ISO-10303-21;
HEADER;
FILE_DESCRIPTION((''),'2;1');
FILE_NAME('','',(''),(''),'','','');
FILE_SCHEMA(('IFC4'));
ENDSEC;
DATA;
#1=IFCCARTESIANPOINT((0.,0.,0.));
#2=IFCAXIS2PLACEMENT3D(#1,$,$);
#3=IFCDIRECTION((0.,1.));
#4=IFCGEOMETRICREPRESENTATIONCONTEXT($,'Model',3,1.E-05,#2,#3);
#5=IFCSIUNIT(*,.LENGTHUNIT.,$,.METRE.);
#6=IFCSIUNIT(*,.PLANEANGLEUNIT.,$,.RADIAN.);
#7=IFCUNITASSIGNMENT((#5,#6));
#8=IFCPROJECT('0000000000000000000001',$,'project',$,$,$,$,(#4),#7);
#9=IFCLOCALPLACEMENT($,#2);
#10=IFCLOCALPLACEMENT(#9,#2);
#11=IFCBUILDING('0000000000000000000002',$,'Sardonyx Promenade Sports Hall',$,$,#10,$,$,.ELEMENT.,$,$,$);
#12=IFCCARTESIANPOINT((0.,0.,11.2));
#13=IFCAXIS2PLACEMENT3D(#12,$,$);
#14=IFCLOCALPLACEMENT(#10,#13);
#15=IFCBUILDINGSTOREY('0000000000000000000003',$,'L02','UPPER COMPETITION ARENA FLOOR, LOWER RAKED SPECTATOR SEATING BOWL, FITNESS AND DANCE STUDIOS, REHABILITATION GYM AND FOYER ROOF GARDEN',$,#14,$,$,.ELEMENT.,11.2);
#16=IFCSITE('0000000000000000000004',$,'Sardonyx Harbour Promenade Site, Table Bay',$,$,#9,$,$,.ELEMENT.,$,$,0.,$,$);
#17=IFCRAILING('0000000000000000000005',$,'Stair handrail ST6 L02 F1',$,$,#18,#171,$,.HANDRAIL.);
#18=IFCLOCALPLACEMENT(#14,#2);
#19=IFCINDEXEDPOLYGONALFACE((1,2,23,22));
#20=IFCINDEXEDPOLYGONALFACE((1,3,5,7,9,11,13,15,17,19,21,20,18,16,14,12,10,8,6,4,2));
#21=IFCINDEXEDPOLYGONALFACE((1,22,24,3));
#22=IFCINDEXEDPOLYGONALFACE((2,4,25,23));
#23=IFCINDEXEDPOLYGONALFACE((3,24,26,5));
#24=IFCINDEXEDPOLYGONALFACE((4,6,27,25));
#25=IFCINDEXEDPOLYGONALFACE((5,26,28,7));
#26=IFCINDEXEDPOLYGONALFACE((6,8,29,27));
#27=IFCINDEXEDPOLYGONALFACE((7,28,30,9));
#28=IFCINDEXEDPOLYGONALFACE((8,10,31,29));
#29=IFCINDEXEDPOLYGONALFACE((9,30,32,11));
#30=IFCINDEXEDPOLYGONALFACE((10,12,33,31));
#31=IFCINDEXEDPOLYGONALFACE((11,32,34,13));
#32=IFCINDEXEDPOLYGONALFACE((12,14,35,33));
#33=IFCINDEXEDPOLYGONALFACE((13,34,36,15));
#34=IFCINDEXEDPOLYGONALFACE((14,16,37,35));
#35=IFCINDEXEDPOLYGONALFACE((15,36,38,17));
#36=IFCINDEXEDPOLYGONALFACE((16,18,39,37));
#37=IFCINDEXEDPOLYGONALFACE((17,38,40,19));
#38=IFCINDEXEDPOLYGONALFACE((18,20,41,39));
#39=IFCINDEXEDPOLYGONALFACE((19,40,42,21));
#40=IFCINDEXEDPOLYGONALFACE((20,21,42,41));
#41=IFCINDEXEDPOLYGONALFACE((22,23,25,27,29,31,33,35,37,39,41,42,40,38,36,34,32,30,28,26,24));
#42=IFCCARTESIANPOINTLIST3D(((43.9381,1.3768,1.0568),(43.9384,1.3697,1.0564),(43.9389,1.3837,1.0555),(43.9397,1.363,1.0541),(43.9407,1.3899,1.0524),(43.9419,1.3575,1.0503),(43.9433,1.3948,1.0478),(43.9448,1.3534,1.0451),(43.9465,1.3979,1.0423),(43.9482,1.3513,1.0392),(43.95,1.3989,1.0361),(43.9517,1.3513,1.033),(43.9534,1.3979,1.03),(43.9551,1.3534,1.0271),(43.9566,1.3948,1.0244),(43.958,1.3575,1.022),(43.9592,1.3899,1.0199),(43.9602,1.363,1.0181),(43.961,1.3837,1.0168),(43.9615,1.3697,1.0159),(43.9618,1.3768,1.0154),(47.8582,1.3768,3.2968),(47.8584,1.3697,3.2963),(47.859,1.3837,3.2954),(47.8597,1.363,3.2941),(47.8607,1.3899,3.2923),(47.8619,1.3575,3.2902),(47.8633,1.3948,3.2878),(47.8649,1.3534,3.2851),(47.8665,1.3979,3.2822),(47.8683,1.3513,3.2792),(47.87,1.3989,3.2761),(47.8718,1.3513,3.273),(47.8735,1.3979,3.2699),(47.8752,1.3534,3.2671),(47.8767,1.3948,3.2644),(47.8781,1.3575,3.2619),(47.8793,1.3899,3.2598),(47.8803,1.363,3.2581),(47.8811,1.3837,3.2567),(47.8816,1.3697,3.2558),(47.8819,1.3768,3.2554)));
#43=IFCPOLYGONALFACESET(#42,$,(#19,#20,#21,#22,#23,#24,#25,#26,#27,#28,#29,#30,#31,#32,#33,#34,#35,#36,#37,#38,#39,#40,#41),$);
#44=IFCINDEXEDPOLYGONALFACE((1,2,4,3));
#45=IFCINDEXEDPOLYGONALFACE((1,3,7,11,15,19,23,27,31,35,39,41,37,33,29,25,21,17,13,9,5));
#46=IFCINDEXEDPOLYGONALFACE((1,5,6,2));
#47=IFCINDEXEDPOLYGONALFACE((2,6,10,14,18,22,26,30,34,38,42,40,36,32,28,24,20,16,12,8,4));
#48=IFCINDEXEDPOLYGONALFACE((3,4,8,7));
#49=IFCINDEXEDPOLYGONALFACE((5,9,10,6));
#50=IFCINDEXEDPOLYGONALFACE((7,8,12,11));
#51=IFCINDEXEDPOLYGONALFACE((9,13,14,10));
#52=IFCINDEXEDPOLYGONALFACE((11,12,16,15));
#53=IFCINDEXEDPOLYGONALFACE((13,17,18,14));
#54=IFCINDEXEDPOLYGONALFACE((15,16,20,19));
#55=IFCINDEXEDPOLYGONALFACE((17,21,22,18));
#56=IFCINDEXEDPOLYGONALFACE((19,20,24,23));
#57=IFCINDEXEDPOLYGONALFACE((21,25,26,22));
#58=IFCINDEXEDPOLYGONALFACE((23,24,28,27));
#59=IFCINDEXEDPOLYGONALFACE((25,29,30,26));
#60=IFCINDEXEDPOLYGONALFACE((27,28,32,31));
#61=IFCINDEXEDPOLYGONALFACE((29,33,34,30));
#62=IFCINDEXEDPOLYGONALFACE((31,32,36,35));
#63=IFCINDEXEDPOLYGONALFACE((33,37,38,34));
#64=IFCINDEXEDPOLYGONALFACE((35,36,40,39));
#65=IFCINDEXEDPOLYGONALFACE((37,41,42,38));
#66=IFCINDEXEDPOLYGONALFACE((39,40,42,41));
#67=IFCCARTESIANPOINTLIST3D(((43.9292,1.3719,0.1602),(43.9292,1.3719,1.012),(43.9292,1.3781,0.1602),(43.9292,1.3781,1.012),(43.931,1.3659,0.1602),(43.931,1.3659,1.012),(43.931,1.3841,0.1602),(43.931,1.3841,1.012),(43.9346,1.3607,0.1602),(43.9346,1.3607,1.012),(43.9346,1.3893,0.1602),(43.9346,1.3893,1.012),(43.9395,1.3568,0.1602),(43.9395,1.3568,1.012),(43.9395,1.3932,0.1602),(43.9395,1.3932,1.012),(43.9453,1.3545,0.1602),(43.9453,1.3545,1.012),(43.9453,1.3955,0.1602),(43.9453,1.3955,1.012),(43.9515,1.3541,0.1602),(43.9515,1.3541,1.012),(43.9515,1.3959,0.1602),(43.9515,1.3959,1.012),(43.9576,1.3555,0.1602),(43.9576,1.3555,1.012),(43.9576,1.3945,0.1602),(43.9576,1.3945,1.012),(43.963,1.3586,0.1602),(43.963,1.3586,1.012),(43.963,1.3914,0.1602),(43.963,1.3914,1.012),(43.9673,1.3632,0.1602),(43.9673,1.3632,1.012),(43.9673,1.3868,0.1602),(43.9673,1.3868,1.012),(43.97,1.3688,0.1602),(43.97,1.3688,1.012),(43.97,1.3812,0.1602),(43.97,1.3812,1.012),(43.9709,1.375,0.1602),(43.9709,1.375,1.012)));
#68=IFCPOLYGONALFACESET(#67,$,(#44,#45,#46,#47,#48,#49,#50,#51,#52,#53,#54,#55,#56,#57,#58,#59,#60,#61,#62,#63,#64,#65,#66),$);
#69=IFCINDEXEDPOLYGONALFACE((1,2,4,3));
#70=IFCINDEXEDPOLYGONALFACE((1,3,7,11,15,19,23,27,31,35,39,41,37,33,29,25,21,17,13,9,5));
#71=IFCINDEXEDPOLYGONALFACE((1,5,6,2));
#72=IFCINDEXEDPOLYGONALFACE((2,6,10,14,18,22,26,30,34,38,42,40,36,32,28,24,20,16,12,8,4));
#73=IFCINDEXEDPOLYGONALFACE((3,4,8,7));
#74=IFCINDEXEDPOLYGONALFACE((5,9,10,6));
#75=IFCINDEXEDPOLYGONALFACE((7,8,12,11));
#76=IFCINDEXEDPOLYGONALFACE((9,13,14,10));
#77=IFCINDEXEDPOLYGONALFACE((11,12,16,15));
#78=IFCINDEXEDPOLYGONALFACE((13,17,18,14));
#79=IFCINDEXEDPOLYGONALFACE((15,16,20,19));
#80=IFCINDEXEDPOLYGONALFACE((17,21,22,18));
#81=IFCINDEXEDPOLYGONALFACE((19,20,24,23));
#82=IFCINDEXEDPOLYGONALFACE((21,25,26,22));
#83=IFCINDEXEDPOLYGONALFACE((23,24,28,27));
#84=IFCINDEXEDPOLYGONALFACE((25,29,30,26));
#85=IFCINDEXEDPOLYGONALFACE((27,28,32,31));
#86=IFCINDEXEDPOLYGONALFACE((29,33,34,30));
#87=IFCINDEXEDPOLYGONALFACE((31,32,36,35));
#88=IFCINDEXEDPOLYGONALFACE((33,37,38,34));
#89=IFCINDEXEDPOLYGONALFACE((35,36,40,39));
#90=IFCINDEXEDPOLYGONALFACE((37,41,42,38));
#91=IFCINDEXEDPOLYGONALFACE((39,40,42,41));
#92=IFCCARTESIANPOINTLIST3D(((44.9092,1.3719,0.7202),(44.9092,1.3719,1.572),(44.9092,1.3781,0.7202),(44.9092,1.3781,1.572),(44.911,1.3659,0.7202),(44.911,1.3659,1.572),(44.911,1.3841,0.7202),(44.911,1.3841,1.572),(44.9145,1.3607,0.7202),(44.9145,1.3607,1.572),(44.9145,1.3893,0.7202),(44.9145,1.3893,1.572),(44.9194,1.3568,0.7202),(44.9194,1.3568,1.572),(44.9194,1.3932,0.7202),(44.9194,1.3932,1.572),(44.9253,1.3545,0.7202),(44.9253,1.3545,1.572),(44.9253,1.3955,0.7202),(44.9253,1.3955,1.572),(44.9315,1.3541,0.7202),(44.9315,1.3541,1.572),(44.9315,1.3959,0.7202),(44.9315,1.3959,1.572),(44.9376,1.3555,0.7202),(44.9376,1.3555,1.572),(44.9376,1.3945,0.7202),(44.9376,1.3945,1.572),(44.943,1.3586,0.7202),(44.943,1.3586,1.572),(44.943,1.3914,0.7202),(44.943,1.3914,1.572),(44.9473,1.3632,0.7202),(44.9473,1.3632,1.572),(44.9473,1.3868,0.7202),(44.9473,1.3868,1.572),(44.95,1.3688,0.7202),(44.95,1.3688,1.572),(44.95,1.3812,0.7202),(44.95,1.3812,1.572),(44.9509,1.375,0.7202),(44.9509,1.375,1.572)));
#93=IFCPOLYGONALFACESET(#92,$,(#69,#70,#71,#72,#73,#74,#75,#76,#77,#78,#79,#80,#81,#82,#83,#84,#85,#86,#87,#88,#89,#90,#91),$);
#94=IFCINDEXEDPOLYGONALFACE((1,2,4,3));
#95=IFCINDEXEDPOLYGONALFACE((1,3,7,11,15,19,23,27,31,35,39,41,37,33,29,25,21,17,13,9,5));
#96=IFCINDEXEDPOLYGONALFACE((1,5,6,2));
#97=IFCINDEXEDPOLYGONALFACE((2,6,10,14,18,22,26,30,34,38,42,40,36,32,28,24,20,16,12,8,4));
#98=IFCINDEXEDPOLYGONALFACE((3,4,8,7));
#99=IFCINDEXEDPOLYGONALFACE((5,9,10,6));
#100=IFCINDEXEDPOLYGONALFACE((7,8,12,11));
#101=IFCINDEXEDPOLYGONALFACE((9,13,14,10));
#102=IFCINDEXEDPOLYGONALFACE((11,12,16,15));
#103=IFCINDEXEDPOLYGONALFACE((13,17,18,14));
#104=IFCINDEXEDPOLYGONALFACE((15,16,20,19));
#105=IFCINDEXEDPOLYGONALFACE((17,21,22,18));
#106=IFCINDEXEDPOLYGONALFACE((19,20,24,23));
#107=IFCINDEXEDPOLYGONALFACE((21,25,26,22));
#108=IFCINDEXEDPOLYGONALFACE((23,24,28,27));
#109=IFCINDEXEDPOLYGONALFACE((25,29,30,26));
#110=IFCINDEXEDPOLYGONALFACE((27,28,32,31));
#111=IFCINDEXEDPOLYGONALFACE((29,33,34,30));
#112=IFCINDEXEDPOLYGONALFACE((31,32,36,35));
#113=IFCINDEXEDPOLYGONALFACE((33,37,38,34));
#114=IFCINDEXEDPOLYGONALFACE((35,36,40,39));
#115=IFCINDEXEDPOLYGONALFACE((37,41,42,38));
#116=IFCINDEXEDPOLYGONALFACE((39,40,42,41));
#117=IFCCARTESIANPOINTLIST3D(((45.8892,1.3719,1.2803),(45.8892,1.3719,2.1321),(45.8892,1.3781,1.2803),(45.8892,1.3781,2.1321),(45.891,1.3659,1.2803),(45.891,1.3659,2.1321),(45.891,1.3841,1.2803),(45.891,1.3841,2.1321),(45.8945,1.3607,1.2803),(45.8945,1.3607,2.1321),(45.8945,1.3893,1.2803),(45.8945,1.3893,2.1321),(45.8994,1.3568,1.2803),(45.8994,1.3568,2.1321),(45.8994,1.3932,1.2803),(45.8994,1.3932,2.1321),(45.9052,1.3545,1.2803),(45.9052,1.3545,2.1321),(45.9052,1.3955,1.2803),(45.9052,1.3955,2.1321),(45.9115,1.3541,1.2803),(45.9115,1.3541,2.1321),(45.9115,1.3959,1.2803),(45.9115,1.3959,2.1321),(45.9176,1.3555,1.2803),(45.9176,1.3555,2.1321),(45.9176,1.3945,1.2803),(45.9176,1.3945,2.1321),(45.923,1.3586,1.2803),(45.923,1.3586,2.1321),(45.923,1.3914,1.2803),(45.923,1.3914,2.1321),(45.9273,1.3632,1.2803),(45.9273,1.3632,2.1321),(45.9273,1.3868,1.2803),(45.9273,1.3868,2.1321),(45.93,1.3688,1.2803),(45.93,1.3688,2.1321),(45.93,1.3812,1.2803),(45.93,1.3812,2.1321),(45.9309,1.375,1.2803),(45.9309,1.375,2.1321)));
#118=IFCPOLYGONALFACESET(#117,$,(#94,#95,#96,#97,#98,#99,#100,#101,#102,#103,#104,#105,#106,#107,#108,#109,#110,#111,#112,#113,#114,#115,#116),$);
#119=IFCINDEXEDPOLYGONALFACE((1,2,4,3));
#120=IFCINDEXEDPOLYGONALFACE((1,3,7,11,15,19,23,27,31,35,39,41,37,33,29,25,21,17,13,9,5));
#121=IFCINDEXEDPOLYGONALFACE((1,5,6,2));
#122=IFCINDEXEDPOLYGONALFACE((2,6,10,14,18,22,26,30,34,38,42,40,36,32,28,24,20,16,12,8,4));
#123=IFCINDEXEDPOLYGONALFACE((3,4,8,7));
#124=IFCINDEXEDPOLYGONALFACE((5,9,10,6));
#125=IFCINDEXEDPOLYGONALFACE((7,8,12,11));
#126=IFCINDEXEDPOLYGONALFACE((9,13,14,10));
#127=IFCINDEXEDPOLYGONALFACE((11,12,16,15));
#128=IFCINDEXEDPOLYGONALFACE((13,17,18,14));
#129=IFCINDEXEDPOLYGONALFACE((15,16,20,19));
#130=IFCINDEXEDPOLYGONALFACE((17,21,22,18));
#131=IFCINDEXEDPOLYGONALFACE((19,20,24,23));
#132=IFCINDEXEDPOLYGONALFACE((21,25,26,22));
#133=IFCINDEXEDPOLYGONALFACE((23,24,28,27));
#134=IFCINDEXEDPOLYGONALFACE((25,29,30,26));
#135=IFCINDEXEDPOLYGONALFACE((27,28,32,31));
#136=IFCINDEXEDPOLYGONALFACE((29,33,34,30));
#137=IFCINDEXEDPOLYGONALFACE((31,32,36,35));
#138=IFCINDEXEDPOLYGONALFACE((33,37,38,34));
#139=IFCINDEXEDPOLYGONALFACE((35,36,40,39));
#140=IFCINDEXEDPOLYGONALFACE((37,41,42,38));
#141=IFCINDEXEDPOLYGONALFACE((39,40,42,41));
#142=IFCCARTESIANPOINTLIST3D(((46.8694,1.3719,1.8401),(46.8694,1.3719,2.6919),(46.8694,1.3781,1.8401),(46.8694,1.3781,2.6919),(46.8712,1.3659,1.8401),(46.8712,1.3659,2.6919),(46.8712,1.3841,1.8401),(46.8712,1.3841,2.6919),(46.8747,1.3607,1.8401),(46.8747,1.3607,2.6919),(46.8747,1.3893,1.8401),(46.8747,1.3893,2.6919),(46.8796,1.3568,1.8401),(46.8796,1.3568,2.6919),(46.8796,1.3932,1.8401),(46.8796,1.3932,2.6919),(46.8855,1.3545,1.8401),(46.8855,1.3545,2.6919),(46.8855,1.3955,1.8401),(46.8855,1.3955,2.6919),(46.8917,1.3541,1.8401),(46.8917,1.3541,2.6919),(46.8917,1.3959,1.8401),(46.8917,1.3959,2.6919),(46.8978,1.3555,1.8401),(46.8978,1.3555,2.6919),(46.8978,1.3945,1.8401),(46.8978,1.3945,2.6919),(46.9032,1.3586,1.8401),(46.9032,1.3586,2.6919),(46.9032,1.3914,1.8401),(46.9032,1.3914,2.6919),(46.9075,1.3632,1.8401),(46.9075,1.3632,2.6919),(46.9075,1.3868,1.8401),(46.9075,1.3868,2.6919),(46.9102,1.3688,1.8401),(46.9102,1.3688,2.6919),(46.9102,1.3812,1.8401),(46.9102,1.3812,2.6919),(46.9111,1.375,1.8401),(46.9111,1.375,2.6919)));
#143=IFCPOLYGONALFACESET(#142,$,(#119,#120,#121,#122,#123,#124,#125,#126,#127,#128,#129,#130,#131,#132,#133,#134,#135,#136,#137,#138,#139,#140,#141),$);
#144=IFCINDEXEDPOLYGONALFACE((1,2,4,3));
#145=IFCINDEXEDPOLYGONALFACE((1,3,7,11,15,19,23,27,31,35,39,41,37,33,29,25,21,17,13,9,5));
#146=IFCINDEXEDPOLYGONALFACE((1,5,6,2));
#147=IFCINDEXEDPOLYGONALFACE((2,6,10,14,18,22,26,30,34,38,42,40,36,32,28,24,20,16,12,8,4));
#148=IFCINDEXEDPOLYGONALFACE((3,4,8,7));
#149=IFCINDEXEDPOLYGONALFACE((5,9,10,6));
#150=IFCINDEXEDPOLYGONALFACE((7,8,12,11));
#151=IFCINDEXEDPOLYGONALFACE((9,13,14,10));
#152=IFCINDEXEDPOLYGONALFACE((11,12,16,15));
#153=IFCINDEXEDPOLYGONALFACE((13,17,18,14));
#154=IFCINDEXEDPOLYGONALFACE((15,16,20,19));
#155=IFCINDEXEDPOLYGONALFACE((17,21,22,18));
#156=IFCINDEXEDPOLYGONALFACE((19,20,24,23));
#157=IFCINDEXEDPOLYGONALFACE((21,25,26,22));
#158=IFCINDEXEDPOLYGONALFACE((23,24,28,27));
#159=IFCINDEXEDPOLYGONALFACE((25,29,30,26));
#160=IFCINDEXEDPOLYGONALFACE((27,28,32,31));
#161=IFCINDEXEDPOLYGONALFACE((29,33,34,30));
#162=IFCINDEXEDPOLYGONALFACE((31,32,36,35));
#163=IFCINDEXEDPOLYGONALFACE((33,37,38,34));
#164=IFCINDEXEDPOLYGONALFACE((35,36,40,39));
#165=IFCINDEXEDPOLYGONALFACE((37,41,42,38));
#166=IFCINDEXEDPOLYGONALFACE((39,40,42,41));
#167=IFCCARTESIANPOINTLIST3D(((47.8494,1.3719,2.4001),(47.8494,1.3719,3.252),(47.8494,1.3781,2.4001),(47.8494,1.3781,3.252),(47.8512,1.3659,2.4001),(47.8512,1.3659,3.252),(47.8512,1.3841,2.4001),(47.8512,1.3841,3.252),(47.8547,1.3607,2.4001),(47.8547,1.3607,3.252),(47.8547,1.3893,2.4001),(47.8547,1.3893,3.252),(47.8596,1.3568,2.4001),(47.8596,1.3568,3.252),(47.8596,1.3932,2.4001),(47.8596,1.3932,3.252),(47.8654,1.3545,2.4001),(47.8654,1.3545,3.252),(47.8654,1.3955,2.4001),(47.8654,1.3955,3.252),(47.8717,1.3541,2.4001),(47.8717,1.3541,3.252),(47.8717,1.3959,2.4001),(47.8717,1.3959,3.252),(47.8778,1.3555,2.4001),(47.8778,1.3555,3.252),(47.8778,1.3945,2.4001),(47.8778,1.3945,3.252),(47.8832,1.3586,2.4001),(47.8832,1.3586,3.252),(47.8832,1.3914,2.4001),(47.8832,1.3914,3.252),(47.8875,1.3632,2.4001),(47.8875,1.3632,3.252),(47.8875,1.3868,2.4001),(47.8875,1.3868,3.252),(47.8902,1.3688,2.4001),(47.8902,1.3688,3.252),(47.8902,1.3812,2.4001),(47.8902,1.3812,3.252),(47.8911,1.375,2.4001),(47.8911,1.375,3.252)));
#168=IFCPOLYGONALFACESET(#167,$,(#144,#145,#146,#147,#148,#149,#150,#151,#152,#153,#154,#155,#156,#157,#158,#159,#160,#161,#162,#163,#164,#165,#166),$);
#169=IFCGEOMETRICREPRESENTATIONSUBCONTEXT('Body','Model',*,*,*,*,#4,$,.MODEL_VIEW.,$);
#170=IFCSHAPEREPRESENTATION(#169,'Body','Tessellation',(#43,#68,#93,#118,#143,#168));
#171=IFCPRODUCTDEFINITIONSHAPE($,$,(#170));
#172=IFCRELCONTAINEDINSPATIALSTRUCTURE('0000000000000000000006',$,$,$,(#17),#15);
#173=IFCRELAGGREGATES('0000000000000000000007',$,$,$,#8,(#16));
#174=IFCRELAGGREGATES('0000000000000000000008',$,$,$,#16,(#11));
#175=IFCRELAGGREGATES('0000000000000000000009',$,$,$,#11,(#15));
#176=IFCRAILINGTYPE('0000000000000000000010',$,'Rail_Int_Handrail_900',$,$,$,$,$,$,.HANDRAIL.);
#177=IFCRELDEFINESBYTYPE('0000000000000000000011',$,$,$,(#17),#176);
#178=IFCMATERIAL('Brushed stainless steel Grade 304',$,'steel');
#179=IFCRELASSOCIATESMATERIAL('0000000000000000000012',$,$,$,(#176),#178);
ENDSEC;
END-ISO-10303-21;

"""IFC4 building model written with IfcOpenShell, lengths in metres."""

from ifc_helpers import new_model, si_unit, direction, frame, origin, origin_2d, place, context, subcontext, project, spatial, circle, extrude, material, type_object, element, save


model = new_model("IFC4")

# Units and contexts
model_context = context("Model", 3, precision=1e-05, world=origin(), true_north=direction((0.0, 1.0)))
body_context = subcontext(model_context, "Body", "Model", "MODEL_VIEW")
ifc_project = project(units=[si_unit("LENGTHUNIT", "METRE"), si_unit("PLANEANGLEUNIT", "RADIAN")], contexts=[model_context])

# Site, building, storey
site_placement = place(None, origin())
site = spatial("IfcSite", under=ifc_project, at=site_placement, Name="Sardonyx Harbour Promenade Site, Table Bay", CompositionType="ELEMENT", RefElevation=0.0)
building_placement = place(site_placement, origin())
building = spatial("IfcBuilding", under=site, at=building_placement, Name="Sardonyx Promenade Sports Hall", CompositionType="ELEMENT")
storey_placement = place(building_placement, frame((0.0, 0.0, 11.2)))
storey = spatial("IfcBuildingStorey", under=building, at=storey_placement, Name="L02", Description="UPPER COMPETITION ARENA FLOOR, LOWER RAKED SPECTATOR SEATING BOWL, FITNESS AND DANCE STUDIOS, REHABILITATION GYM AND FOYER ROOF GARDEN", CompositionType="ELEMENT", Elevation=11.2)

# Railing
ifc_material_1 = material(Name="Brushed stainless steel Grade 304", Category="steel")
railing_type_1 = type_object("IfcRailingType", Name="Rail_Int_Handrail_900", PredefinedType="HANDRAIL", material=ifc_material_1)
railing_1_placement = place(storey_placement, frame((43.95, 1.375, 0.1602)))
element("IfcRailing", 1, at=railing_1_placement, inside=storey, type_object=railing_type_1, Name="Stair handrail ST6 L02 F1", PredefinedType="HANDRAIL", context=body_context, shape_type="SweptSolid", body=[
    extrude(circle(Radius=0.0239, at=origin_2d()), frame((0.0, 0.0, 0.876), z_axis=(0.868253, 0.0, 0.496121), x_axis=(0.0, 1.0, 0.0)), (0.0, 0.0, 1.0), 4.5149),
    extrude(circle(Radius=0.021, at=origin_2d()), origin(), (0.0, 0.0, 1.0), 0.8518),
    extrude(circle(Radius=0.021, at=origin_2d()), frame((0.98, 0.0, 0.5601)), (0.0, 0.0, 1.0), 0.8518),
    extrude(circle(Radius=0.021, at=origin_2d()), frame((1.96, 0.0, 1.1201)), (0.0, 0.0, 1.0), 0.8518),
    extrude(circle(Radius=0.021, at=origin_2d()), frame((2.9402, 0.0, 1.6799)), (0.0, 0.0, 1.0), 0.8518),
    extrude(circle(Radius=0.021, at=origin_2d()), frame((3.9202, 0.0, 2.24)), (0.0, 0.0, 1.0), 0.8518),
])

save(model, "model.ifc")
